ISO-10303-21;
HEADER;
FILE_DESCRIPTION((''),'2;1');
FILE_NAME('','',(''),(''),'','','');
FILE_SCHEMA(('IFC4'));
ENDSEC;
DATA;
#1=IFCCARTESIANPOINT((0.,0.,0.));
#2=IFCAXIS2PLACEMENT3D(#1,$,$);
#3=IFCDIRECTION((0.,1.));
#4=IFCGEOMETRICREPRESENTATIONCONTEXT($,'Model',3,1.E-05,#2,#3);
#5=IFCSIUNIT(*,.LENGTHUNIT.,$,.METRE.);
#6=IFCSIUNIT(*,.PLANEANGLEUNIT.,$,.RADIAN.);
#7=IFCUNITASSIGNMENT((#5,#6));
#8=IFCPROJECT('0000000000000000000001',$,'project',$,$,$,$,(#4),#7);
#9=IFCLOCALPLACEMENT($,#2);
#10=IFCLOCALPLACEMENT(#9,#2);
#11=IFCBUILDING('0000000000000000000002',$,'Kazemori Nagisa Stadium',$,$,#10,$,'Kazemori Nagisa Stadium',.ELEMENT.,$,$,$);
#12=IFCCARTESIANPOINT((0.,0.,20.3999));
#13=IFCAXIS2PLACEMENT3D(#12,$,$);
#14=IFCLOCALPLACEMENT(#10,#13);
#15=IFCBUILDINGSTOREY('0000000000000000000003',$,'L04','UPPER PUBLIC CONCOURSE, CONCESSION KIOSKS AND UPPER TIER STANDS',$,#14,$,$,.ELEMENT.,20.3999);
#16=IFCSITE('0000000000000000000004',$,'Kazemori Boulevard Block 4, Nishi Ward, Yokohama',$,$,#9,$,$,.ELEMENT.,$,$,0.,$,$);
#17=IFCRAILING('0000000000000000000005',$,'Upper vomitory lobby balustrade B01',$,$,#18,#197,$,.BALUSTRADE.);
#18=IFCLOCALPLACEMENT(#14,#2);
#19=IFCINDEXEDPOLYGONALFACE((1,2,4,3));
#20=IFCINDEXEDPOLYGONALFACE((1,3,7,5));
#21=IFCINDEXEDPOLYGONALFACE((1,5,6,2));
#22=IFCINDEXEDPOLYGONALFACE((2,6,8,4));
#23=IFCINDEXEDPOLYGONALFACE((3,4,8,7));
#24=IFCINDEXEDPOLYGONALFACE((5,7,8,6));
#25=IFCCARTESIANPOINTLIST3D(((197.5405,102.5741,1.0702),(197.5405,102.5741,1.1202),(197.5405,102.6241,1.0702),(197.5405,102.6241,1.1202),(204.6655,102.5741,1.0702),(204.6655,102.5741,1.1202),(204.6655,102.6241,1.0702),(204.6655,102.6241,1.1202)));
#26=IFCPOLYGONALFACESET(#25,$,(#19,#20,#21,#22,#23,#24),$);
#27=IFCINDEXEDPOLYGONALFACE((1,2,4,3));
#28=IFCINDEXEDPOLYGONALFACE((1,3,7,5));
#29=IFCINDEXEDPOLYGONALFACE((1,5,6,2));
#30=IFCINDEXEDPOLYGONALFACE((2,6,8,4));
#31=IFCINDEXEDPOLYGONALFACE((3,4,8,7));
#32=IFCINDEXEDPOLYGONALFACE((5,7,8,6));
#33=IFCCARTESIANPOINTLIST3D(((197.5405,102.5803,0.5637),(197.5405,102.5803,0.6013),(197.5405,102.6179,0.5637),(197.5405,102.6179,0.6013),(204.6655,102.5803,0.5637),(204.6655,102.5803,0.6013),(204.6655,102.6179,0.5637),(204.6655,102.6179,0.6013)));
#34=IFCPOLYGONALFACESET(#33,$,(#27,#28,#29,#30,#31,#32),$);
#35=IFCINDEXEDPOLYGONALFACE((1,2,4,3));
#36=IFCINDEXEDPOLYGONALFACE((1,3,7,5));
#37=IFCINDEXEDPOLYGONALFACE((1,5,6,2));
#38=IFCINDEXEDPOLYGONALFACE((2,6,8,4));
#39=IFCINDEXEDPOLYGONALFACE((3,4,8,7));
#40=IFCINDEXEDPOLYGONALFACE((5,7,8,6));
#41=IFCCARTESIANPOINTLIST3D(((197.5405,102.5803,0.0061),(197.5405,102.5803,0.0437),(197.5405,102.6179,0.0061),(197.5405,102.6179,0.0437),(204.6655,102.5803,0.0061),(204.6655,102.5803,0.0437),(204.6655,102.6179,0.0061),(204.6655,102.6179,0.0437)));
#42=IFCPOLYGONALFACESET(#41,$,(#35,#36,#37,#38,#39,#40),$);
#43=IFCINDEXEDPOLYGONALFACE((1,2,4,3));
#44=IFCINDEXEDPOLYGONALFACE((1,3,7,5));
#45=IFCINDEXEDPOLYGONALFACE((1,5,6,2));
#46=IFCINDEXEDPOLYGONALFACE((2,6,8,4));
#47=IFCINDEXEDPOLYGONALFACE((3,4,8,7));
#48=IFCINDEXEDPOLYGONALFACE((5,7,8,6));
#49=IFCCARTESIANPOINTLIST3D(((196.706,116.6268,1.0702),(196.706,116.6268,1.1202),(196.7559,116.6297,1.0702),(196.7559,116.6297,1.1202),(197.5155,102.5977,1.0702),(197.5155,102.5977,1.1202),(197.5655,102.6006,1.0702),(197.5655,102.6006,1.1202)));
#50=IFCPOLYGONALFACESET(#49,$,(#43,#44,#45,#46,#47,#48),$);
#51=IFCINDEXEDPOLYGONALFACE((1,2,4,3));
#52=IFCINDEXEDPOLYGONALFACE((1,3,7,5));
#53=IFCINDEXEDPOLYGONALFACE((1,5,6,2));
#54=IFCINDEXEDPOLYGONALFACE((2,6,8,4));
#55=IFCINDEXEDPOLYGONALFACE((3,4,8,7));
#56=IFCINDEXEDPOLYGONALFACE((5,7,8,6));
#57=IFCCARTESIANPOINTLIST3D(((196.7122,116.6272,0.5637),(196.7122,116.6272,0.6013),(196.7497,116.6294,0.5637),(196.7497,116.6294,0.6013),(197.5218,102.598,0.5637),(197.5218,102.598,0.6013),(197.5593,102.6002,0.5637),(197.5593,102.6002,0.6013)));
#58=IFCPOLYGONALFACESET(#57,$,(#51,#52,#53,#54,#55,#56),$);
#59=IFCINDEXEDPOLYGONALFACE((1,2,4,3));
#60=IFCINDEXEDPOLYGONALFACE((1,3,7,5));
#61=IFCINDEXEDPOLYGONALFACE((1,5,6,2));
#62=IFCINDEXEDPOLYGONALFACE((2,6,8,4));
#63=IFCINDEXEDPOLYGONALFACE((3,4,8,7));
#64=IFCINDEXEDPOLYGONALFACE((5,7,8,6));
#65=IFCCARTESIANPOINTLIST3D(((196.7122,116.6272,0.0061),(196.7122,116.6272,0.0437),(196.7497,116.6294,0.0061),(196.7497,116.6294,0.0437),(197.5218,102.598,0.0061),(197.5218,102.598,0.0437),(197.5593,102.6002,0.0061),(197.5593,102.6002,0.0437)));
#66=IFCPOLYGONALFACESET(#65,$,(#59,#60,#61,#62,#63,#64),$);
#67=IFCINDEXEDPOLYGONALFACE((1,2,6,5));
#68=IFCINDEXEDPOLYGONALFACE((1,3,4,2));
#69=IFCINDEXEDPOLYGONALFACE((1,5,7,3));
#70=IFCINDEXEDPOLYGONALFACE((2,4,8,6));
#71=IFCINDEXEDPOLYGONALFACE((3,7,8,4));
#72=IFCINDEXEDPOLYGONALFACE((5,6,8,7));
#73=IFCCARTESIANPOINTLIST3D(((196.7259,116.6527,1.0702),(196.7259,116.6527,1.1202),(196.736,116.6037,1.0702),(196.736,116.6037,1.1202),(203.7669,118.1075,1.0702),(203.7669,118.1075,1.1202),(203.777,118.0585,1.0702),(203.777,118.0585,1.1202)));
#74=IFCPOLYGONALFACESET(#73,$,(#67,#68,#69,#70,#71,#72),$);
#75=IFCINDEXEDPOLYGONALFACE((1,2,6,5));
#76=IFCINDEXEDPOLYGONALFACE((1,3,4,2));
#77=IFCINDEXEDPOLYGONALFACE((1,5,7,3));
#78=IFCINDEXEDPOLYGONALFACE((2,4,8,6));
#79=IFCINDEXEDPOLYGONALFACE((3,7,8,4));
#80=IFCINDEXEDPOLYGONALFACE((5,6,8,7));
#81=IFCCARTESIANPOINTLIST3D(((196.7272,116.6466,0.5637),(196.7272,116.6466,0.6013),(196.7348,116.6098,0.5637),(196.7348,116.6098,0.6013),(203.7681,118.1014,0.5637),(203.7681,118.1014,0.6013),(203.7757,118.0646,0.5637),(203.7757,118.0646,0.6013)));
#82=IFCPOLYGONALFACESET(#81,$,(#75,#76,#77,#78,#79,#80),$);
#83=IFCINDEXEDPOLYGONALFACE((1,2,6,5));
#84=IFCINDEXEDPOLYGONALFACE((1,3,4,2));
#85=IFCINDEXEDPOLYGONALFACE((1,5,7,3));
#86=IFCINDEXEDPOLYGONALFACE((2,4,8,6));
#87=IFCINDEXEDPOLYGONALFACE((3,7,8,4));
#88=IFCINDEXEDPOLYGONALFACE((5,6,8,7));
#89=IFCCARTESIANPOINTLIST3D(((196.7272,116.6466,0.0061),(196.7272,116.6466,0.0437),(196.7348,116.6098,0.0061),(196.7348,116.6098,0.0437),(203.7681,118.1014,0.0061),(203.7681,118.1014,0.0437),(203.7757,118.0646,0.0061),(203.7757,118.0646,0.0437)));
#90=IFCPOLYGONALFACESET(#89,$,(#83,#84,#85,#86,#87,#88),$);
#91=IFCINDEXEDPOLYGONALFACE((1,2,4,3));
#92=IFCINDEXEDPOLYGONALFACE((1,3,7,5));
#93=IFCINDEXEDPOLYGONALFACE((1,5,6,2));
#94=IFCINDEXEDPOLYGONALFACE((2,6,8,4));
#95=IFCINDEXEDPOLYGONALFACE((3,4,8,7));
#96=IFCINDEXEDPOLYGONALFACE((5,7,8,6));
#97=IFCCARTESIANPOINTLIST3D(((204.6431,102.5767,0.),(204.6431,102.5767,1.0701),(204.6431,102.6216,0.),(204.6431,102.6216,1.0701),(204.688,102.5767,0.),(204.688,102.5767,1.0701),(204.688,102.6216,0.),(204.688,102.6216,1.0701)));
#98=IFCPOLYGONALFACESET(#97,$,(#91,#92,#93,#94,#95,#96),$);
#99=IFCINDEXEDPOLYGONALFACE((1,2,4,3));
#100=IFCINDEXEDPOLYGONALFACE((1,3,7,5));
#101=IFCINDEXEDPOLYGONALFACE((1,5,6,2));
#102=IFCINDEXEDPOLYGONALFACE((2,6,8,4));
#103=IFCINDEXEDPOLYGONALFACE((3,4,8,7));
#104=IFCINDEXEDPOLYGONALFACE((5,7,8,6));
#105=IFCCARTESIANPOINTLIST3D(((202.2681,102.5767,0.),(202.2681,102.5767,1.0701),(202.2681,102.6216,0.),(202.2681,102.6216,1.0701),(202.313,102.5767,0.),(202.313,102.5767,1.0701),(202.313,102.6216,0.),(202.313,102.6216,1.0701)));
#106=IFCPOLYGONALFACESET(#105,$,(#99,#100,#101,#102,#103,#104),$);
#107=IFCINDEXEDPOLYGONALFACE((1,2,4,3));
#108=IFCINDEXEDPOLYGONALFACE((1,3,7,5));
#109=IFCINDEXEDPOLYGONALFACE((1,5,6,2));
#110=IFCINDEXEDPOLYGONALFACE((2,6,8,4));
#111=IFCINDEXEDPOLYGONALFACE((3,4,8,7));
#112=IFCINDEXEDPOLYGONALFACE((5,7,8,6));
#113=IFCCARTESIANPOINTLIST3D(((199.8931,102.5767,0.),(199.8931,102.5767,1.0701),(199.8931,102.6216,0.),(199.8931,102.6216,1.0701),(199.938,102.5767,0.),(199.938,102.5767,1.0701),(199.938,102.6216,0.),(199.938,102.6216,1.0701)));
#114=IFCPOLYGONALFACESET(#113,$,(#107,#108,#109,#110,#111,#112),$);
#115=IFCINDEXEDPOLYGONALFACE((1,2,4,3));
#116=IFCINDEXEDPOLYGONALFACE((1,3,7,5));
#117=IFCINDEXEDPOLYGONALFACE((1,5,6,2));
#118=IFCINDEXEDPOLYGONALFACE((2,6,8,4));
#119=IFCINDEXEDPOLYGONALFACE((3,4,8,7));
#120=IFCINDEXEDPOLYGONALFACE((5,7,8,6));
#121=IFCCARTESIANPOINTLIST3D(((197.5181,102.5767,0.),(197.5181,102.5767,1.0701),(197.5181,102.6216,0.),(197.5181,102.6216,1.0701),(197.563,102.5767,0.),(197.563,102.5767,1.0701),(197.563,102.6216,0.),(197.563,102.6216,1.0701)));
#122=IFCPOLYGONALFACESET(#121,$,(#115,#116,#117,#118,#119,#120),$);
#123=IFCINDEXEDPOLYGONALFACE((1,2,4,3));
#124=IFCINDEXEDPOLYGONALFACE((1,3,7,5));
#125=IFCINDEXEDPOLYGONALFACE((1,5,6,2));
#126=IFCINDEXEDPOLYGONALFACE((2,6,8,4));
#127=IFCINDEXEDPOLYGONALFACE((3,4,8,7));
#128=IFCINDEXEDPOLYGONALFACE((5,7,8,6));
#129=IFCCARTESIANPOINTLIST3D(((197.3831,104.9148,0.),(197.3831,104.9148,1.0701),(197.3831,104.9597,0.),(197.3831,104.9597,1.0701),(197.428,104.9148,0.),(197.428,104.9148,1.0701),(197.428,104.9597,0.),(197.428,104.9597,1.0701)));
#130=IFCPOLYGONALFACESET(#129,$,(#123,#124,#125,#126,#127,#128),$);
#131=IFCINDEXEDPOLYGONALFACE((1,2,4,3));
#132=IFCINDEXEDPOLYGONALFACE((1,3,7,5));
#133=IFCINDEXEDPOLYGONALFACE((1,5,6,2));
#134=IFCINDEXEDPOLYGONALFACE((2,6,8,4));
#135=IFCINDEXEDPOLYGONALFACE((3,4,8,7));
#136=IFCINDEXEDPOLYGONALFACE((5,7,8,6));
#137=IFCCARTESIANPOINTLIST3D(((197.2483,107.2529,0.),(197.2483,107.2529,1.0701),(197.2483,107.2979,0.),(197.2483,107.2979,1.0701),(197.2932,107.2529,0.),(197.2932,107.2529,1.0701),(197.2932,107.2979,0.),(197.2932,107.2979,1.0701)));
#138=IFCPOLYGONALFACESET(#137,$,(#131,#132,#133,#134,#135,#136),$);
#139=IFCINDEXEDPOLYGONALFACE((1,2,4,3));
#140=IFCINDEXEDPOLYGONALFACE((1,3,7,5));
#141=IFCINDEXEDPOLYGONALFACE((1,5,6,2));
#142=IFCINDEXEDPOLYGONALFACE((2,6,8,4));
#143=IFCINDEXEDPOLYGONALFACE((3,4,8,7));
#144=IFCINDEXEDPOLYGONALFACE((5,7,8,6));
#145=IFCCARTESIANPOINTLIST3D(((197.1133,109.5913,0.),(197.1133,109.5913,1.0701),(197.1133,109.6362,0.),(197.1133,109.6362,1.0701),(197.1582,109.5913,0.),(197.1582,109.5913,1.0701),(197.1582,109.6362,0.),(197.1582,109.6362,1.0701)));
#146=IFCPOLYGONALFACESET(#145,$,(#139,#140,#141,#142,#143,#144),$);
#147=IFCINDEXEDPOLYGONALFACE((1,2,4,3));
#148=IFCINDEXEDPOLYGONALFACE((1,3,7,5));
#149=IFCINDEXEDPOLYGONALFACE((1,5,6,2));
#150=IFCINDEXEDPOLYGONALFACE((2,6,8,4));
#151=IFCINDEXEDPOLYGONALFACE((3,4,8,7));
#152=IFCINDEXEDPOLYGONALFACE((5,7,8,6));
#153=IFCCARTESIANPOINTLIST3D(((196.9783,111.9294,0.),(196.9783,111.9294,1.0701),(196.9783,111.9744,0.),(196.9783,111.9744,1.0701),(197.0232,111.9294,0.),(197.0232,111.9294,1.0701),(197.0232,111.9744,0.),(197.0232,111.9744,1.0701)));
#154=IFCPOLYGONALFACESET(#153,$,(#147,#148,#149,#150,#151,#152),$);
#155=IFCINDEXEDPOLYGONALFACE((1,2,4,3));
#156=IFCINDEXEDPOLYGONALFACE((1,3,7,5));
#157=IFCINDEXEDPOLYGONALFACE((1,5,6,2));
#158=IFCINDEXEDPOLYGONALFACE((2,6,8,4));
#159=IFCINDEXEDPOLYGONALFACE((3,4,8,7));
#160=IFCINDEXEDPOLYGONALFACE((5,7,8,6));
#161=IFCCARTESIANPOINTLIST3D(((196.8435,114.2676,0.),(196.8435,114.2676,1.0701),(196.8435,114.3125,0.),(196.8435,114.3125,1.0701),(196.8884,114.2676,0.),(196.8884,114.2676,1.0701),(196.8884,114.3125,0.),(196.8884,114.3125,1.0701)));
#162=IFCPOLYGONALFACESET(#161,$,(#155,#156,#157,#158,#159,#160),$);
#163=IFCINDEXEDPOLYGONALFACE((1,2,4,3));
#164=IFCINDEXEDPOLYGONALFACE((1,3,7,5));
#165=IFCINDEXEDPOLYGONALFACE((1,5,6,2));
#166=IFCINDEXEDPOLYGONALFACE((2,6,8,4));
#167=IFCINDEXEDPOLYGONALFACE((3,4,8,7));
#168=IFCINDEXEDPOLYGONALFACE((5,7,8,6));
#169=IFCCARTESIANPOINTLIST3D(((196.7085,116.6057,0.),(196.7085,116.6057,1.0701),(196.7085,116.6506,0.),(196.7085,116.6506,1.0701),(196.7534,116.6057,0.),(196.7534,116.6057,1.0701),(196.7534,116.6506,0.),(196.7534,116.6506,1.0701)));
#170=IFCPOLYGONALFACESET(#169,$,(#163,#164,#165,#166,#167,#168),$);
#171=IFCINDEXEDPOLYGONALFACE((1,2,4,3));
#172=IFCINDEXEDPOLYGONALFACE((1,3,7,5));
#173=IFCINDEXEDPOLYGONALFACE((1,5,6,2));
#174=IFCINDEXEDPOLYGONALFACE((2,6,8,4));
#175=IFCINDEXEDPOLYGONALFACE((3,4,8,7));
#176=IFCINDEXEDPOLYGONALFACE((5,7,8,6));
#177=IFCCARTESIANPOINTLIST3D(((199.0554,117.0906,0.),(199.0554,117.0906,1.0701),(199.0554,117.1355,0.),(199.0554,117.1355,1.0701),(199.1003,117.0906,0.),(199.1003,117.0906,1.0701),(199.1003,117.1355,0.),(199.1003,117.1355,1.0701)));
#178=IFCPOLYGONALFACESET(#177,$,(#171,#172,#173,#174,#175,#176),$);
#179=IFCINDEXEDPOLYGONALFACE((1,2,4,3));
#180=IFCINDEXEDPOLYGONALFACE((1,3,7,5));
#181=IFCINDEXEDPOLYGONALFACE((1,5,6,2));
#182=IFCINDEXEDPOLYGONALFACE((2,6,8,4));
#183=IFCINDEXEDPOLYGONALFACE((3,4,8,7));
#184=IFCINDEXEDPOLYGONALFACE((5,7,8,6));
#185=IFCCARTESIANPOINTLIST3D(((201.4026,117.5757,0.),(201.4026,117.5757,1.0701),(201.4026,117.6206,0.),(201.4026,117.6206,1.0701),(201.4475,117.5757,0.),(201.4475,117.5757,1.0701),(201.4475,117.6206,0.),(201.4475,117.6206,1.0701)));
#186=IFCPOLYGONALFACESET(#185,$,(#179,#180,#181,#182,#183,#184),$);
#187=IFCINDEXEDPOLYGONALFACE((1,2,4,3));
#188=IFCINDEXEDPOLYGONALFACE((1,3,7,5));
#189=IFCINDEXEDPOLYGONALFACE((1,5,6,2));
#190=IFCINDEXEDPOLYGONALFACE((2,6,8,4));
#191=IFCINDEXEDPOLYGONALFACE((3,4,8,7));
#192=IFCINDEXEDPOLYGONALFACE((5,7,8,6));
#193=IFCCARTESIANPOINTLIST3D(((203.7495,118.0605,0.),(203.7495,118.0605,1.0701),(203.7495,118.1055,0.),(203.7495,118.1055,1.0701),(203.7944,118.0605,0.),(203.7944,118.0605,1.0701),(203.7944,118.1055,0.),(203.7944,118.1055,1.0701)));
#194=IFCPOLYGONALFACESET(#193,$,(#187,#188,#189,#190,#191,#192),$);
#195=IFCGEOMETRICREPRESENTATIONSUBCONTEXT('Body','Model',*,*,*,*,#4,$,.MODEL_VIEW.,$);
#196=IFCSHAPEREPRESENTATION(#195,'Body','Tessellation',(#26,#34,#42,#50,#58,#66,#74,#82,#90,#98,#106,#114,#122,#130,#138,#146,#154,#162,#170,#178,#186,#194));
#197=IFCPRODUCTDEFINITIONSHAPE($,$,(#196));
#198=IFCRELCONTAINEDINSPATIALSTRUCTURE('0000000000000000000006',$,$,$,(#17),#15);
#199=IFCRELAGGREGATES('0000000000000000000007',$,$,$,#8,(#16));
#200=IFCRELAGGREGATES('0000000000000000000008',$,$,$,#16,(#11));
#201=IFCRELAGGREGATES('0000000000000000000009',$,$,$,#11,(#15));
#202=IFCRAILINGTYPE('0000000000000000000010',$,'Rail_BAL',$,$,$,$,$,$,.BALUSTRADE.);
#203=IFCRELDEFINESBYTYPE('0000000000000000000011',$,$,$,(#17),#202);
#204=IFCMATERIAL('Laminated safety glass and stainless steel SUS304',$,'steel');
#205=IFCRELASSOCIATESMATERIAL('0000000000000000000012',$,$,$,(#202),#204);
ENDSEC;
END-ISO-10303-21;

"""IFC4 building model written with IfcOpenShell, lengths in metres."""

from ifc_helpers import new_model, si_unit, direction, frame, origin, origin_2d, place, context, subcontext, project, spatial, rectangle, extrude, material, type_object, element, save


model = new_model("IFC4")

# Units and contexts
model_context = context("Model", 3, precision=1e-05, world=origin(), true_north=direction((0.0, 1.0)))
body_context = subcontext(model_context, "Body", "Model", "MODEL_VIEW")
ifc_project = project(units=[si_unit("LENGTHUNIT", "METRE"), si_unit("PLANEANGLEUNIT", "RADIAN")], contexts=[model_context])

# Site, building, storey
site_placement = place(None, origin())
site = spatial("IfcSite", under=ifc_project, at=site_placement, Name="Kazemori Boulevard Block 4, Nishi Ward, Yokohama", CompositionType="ELEMENT", RefElevation=0.0)
building_placement = place(site_placement, origin())
building = spatial("IfcBuilding", under=site, at=building_placement, Name="Kazemori Nagisa Stadium", LongName="Kazemori Nagisa Stadium", CompositionType="ELEMENT")
storey_placement = place(building_placement, frame((0.0, 0.0, 20.3999)))
storey = spatial("IfcBuildingStorey", under=building, at=storey_placement, Name="L04", Description="UPPER PUBLIC CONCOURSE, CONCESSION KIOSKS AND UPPER TIER STANDS", CompositionType="ELEMENT", Elevation=20.3999)

# Railing
ifc_material_1 = material(Name="Laminated safety glass and stainless steel SUS304", Category="steel")
railing_type_1 = type_object("IfcRailingType", Name="Rail_BAL", PredefinedType="BALUSTRADE", material=ifc_material_1)
railing_1_placement = place(storey_placement, frame((204.6655, 102.5991, 0.0)))
element("IfcRailing", 1, at=railing_1_placement, inside=storey, type_object=railing_type_1, Name="Upper vomitory lobby balustrade B01", PredefinedType="BALUSTRADE", context=body_context, shape_type="SweptSolid", body=[
    extrude(rectangle(XDim=0.05, YDim=0.05, at=origin_2d()), frame((0.0, 0.0, 1.0952), z_axis=(-1.0, 0.0, 0.0), x_axis=(0.0, -1.0, 0.0)), (0.0, 0.0, 1.0), 7.125),
    extrude(rectangle(XDim=0.0376, YDim=0.0376, at=origin_2d()), frame((0.0, 0.0, 0.5825), z_axis=(-1.0, 0.0, 0.0), x_axis=(0.0, -1.0, 0.0)), (0.0, 0.0, 1.0), 7.125),
    extrude(rectangle(XDim=0.0376, YDim=0.0376, at=origin_2d()), frame((0.0, 0.0, 0.0249), z_axis=(-1.0, 0.0, 0.0), x_axis=(0.0, -1.0, 0.0)), (0.0, 0.0, 1.0), 7.125),
    extrude(rectangle(XDim=0.05, YDim=0.05, at=origin_2d()), frame((-7.125, 0.0, 1.0952), z_axis=(-0.057611, 0.998339, 0.0), x_axis=(-0.998339, -0.057611, 0.0)), (0.0, 0.0, 1.0), 14.0525),
    extrude(rectangle(XDim=0.0376, YDim=0.0376, at=origin_2d()), frame((-7.125, 0.0, 0.5825), z_axis=(-0.057611, 0.998339, 0.0), x_axis=(-0.998339, -0.057611, 0.0)), (0.0, 0.0, 1.0), 14.0525),
    extrude(rectangle(XDim=0.0376, YDim=0.0376, at=origin_2d()), frame((-7.125, 0.0, 0.0249), z_axis=(-0.057611, 0.998339, 0.0), x_axis=(-0.998339, -0.057611, 0.0)), (0.0, 0.0, 1.0), 14.0525),
    extrude(rectangle(XDim=0.05, YDim=0.05, at=origin_2d()), frame((-7.9346, 14.0291, 1.0952), z_axis=(0.979314, 0.202348, 0.0), x_axis=(-0.202348, 0.979314, 0.0)), (0.0, 0.0, 1.0), 7.1897),
    extrude(rectangle(XDim=0.0376, YDim=0.0376, at=origin_2d()), frame((-7.9346, 14.0291, 0.5825), z_axis=(0.979314, 0.202348, 0.0), x_axis=(-0.202348, 0.979314, 0.0)), (0.0, 0.0, 1.0), 7.1897),
    extrude(rectangle(XDim=0.0376, YDim=0.0376, at=origin_2d()), frame((-7.9346, 14.0291, 0.0249), z_axis=(0.979314, 0.202348, 0.0), x_axis=(-0.202348, 0.979314, 0.0)), (0.0, 0.0, 1.0), 7.1897),
    extrude(rectangle(XDim=0.0449, YDim=0.0449, at=origin_2d()), origin(), (0.0, 0.0, 1.0), 1.0701),
    extrude(rectangle(XDim=0.0449, YDim=0.0449, at=origin_2d()), frame((-2.375, 0.0, 0.0)), (0.0, 0.0, 1.0), 1.0701),
    extrude(rectangle(XDim=0.0449, YDim=0.0449, at=origin_2d()), frame((-4.75, 0.0, 0.0)), (0.0, 0.0, 1.0), 1.0701),
    extrude(rectangle(XDim=0.0449, YDim=0.0449, at=origin_2d()), frame((-7.125, 0.0, 0.0)), (0.0, 0.0, 1.0), 1.0701),
    extrude(rectangle(XDim=0.0449, YDim=0.0449, at=origin_2d()), frame((-7.26, 2.3381, 0.0)), (0.0, 0.0, 1.0), 1.0701),
    extrude(rectangle(XDim=0.0449, YDim=0.0449, at=origin_2d()), frame((-7.3948, 4.6763, 0.0)), (0.0, 0.0, 1.0), 1.0701),
    extrude(rectangle(XDim=0.0449, YDim=0.0449, at=origin_2d()), frame((-7.5298, 7.0146, 0.0)), (0.0, 0.0, 1.0), 1.0701),
    extrude(rectangle(XDim=0.0449, YDim=0.0449, at=origin_2d()), frame((-7.6648, 9.3528, 0.0)), (0.0, 0.0, 1.0), 1.0701),
    extrude(rectangle(XDim=0.0449, YDim=0.0449, at=origin_2d()), frame((-7.7996, 11.6909, 0.0)), (0.0, 0.0, 1.0), 1.0701),
    extrude(rectangle(XDim=0.0449, YDim=0.0449, at=origin_2d()), frame((-7.9346, 14.0291, 0.0)), (0.0, 0.0, 1.0), 1.0701),
    extrude(rectangle(XDim=0.0449, YDim=0.0449, at=origin_2d()), frame((-5.5876, 14.5139, 0.0)), (0.0, 0.0, 1.0), 1.0701),
    extrude(rectangle(XDim=0.0449, YDim=0.0449, at=origin_2d()), frame((-3.2405, 14.999, 0.0)), (0.0, 0.0, 1.0), 1.0701),
    extrude(rectangle(XDim=0.0449, YDim=0.0449, at=origin_2d()), frame((-0.8936, 15.4839, 0.0)), (0.0, 0.0, 1.0), 1.0701),
])

save(model, "model.ifc")
